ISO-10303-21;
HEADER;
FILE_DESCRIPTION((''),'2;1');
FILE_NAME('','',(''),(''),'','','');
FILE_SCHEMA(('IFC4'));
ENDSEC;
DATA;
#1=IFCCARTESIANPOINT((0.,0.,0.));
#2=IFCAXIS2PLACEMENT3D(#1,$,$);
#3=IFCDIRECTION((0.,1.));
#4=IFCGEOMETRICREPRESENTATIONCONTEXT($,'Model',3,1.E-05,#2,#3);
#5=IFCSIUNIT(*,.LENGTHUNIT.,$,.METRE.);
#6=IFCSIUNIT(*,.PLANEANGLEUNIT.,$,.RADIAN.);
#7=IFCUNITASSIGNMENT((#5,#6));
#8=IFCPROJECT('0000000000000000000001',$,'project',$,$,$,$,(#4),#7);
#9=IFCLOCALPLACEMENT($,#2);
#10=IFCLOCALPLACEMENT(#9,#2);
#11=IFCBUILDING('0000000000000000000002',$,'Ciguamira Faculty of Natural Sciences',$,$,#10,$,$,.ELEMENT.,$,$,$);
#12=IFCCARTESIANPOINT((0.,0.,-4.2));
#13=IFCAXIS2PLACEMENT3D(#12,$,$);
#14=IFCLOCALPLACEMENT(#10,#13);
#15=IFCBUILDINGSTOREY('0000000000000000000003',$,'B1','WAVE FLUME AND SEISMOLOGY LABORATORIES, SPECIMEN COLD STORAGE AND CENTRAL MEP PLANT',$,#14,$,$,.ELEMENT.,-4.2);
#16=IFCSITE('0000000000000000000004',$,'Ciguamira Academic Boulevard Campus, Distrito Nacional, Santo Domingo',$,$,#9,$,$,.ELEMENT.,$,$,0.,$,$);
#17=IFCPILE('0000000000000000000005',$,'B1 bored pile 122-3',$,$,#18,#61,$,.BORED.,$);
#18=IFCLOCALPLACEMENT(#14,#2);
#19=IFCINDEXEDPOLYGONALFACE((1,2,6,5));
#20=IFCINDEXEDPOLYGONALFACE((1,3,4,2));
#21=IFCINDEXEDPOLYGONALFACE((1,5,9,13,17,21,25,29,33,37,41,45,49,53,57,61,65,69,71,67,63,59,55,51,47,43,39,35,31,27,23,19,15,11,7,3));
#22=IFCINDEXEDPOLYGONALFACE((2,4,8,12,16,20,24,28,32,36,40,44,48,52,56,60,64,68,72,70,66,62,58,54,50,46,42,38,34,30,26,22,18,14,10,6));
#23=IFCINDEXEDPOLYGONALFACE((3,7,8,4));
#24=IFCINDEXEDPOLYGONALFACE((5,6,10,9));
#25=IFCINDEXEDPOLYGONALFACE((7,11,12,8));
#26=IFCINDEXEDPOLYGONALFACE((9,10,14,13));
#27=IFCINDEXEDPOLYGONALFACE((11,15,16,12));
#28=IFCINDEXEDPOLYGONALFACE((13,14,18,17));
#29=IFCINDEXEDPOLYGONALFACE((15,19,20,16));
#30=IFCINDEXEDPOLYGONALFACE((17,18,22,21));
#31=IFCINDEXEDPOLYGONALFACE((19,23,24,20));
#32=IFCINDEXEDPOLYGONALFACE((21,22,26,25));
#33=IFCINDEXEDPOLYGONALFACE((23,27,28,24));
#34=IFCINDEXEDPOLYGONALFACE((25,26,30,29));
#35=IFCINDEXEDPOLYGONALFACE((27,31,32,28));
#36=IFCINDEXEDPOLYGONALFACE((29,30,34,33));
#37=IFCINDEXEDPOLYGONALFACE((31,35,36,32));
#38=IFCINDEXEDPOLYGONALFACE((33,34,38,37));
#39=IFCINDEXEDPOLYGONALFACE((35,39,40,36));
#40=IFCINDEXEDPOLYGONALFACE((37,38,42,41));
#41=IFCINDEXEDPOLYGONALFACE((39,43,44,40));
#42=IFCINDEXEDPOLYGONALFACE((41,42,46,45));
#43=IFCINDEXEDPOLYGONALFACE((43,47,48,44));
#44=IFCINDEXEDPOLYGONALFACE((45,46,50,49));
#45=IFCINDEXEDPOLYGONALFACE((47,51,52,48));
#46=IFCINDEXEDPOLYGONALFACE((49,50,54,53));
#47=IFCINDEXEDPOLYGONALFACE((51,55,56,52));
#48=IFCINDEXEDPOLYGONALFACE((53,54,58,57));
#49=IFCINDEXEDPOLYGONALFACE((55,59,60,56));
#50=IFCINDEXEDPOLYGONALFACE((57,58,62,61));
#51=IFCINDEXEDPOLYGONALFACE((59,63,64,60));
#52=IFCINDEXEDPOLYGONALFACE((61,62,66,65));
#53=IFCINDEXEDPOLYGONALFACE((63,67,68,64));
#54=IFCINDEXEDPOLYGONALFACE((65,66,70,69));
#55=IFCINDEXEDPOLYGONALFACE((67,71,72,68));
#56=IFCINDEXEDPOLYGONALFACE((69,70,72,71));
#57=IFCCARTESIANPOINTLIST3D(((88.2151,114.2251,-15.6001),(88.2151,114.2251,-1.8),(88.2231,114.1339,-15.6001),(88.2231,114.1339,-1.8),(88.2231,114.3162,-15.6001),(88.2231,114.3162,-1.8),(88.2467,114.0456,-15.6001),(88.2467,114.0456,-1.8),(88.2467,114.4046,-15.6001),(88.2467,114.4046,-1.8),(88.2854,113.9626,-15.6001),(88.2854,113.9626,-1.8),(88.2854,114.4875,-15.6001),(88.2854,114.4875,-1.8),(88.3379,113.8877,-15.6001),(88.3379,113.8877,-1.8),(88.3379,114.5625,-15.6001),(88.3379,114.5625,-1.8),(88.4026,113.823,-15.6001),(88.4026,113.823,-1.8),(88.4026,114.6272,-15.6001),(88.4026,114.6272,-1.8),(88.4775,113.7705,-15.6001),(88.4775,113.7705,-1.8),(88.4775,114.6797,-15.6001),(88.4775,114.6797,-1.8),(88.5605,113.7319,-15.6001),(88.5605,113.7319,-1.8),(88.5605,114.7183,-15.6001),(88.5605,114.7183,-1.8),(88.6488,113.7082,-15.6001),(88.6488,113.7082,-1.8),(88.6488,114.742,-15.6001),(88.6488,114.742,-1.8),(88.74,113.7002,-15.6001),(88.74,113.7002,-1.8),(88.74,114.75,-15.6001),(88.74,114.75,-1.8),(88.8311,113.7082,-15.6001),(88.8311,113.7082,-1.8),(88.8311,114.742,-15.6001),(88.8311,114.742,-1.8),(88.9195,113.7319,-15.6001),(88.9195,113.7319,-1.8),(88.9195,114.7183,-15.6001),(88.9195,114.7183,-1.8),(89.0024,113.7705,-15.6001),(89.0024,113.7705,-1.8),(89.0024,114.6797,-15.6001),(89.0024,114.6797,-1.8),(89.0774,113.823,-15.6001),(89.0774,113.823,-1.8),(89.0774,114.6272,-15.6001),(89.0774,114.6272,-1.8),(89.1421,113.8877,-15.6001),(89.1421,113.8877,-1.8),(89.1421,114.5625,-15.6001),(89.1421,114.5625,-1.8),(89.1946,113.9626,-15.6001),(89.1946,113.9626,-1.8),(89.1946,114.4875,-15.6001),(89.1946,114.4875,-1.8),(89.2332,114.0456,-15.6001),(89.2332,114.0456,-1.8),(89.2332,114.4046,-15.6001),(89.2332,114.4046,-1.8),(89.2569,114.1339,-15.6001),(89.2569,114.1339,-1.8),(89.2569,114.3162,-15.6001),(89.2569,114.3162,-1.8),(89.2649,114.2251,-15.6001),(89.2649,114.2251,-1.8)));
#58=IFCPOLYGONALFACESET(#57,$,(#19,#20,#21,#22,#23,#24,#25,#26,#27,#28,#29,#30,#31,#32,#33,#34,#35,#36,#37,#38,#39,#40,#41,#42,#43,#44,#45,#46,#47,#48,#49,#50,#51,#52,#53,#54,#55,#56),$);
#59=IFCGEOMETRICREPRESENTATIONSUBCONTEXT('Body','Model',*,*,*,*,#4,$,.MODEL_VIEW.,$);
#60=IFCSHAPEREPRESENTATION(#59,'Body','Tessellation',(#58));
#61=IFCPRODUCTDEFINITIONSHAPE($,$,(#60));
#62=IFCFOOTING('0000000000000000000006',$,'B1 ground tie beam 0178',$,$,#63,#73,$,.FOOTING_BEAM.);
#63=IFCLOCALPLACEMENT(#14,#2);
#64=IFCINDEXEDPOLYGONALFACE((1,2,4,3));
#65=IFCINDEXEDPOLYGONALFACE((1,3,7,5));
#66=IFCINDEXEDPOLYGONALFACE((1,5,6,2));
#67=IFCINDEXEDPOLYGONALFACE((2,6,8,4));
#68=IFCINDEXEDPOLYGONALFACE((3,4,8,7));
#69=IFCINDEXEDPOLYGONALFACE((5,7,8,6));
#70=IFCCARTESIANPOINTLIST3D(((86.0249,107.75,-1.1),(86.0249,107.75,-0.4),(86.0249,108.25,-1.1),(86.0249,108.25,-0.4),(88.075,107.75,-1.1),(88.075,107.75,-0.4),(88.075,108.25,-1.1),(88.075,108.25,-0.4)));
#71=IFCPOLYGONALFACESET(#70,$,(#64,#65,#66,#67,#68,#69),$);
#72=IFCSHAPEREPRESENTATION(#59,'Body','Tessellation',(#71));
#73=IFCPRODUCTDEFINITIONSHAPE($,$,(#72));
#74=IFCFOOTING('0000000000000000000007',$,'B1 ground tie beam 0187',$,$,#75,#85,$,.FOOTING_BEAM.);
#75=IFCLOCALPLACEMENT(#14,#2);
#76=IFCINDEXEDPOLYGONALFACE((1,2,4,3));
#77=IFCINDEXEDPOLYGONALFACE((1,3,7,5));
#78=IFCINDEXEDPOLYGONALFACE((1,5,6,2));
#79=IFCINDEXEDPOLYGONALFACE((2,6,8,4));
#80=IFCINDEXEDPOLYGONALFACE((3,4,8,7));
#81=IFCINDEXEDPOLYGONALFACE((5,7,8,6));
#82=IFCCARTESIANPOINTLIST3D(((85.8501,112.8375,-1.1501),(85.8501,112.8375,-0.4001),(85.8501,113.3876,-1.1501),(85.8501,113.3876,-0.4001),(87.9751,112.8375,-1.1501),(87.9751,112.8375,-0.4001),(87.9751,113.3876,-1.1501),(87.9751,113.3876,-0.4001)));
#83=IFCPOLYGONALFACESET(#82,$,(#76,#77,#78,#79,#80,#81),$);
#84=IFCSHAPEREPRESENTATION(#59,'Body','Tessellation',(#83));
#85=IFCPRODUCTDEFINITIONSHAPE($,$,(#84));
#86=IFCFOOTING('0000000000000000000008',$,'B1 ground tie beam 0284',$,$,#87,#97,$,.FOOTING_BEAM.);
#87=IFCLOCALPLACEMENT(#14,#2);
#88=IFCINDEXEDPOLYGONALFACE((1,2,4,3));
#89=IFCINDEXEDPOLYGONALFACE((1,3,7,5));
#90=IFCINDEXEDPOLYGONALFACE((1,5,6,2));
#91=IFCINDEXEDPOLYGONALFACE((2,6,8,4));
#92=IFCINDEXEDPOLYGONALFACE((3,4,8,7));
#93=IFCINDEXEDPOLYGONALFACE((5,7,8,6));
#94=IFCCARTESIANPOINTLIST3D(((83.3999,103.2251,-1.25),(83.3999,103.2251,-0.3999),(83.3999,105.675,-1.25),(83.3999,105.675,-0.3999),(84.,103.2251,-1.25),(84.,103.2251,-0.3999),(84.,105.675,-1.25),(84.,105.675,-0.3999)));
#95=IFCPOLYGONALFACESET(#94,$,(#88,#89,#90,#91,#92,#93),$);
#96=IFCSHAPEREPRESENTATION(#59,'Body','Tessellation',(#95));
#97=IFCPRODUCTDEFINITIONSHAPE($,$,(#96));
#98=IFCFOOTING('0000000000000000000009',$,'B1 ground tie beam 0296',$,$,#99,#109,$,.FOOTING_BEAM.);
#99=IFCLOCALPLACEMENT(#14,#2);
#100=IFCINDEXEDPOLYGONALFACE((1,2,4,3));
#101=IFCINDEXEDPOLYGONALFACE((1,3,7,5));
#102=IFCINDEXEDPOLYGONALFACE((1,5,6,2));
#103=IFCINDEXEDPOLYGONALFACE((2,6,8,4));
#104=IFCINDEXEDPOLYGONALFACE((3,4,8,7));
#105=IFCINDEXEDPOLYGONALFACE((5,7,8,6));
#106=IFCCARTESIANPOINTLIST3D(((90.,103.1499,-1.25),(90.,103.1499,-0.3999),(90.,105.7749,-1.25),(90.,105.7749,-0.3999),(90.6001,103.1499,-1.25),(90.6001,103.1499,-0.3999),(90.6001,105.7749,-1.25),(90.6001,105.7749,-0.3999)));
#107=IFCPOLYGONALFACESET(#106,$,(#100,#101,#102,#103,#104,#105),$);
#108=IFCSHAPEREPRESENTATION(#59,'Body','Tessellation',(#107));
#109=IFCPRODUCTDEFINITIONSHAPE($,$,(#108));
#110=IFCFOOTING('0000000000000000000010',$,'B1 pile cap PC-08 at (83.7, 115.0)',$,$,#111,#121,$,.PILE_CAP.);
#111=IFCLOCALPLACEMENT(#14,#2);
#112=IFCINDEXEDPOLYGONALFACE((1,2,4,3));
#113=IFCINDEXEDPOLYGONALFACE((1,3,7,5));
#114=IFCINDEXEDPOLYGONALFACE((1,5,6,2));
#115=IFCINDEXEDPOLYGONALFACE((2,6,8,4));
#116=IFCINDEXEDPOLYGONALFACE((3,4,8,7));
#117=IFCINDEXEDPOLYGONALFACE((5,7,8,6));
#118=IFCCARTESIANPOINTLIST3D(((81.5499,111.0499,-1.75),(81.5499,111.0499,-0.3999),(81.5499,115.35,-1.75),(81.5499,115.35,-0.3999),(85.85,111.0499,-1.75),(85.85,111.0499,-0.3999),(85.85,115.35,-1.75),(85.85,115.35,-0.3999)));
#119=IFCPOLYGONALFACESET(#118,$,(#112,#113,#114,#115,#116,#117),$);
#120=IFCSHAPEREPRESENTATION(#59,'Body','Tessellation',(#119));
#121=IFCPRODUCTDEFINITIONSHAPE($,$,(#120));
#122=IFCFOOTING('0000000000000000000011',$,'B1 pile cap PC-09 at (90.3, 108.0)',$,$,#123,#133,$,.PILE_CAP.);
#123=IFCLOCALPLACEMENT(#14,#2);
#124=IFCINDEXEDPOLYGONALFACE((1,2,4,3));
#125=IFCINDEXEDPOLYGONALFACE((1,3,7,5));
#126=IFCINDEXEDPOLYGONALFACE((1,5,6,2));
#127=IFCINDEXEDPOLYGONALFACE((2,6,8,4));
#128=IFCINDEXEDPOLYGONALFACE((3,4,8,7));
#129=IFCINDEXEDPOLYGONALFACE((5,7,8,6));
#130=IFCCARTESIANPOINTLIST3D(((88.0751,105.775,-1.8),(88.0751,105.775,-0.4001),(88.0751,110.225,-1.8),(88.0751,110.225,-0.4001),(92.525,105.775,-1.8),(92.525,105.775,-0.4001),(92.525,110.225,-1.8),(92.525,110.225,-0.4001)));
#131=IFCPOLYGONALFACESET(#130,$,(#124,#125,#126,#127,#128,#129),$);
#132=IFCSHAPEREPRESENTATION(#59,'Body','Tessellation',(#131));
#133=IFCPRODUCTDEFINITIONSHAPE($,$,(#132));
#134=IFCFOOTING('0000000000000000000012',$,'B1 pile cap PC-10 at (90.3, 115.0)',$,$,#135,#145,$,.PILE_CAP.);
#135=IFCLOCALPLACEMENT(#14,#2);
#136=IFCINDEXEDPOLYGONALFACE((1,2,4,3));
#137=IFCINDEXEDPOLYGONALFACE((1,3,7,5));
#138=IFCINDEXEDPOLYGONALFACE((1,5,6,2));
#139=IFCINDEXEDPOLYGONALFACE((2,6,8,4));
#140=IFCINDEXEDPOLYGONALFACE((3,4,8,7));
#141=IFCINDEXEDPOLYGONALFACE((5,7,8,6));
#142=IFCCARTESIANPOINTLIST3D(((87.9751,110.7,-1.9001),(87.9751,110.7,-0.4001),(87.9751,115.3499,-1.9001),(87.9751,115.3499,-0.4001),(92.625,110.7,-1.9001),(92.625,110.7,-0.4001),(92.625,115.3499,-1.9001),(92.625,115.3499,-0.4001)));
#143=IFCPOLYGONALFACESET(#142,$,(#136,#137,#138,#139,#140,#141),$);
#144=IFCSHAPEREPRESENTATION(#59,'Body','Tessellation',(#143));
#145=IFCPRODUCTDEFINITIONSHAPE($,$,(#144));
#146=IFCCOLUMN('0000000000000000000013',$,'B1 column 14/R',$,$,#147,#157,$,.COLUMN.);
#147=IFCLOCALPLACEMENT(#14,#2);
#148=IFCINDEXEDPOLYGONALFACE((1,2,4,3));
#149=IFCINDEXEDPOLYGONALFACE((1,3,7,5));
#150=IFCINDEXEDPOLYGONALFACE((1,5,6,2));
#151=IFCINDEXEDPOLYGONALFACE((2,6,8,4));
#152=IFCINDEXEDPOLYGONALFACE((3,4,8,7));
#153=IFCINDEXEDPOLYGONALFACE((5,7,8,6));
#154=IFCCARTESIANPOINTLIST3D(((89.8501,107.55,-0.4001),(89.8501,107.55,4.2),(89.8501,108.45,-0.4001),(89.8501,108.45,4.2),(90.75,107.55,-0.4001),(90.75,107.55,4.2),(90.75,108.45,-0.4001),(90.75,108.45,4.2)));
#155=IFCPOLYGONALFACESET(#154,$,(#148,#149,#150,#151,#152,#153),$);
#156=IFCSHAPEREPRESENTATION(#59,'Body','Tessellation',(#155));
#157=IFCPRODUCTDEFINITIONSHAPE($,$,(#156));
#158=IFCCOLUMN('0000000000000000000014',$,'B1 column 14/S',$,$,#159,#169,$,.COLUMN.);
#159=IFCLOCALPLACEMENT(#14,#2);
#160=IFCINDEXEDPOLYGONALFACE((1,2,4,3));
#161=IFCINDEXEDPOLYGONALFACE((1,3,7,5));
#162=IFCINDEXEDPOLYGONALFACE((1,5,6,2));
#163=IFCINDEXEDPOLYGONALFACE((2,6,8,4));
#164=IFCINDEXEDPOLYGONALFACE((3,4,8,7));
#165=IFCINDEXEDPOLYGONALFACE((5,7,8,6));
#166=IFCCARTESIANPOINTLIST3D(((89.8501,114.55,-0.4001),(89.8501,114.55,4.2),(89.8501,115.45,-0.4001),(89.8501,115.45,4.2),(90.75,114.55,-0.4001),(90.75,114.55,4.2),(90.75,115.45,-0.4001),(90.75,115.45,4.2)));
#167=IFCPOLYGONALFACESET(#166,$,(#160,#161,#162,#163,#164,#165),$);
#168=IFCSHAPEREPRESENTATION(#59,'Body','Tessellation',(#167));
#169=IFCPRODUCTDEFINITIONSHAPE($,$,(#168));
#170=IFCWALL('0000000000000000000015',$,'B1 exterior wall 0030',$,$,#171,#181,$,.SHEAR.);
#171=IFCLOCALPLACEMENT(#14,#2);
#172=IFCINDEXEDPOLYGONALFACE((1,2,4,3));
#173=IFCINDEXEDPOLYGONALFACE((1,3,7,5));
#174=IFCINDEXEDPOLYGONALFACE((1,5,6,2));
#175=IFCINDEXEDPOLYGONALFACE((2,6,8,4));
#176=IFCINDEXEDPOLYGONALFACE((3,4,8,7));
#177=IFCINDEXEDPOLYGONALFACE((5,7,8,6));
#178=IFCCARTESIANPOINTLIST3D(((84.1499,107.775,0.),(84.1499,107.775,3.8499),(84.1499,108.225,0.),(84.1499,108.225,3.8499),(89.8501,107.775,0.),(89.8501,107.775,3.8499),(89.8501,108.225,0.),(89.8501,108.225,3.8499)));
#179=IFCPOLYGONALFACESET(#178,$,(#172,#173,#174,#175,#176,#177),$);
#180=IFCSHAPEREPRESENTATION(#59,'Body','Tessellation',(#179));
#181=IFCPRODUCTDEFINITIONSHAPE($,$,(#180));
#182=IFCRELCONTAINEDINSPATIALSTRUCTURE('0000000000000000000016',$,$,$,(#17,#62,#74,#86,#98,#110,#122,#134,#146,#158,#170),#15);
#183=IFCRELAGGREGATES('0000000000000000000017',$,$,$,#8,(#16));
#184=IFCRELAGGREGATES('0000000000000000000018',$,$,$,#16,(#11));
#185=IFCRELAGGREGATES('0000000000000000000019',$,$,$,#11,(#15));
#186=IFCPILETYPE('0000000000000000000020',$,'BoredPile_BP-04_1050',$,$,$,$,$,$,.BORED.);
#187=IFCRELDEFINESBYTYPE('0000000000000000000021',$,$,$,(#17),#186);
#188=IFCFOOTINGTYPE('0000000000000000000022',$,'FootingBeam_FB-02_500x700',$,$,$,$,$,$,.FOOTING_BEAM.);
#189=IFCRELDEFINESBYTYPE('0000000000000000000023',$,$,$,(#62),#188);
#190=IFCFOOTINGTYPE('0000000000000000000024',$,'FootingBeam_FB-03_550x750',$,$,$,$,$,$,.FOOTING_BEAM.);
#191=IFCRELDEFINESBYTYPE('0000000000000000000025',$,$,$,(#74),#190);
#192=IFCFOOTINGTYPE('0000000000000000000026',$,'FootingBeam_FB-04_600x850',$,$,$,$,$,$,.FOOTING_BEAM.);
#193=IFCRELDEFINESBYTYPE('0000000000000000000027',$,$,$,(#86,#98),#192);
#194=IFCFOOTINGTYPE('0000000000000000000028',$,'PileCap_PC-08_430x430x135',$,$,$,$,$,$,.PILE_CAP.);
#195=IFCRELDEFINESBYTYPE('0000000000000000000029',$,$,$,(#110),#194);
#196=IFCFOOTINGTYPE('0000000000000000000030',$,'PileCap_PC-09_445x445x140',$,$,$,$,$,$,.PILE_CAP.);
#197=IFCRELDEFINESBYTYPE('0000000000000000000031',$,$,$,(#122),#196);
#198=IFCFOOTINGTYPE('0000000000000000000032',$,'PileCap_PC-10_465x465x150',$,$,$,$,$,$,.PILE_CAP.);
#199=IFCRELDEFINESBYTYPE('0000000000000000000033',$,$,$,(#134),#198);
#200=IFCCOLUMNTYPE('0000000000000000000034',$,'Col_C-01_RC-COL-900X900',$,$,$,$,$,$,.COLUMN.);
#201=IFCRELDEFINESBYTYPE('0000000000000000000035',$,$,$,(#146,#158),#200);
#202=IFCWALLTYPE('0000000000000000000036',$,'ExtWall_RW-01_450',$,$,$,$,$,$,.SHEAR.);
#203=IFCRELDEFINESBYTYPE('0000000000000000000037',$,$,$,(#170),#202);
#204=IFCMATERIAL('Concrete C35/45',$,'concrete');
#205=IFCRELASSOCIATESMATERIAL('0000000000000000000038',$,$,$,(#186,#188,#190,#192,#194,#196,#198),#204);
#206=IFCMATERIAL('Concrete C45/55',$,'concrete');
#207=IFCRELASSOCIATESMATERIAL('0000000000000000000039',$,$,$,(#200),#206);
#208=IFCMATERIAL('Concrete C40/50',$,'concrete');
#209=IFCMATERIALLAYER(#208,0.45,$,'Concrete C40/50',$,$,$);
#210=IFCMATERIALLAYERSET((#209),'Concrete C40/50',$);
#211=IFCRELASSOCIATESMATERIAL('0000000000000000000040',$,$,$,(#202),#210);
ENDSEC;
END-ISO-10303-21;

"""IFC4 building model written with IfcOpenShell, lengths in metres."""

from ifc_helpers import new_model, si_unit, direction, frame, frame_2d, origin, origin_2d, place, context, subcontext, project, spatial, rectangle, circle, extrude, material, layer, layer_set, material_profile, profile_set, type_object, element, save


model = new_model("IFC4")

# Units and contexts
model_context = context("Model", 3, precision=1e-05, world=origin(), true_north=direction((0.0, 1.0)))
body_context = subcontext(model_context, "Body", "Model", "MODEL_VIEW")
ifc_project = project(units=[si_unit("LENGTHUNIT", "METRE"), si_unit("PLANEANGLEUNIT", "RADIAN")], contexts=[model_context])

# Site, building, storey
site_placement = place(None, origin())
site = spatial("IfcSite", under=ifc_project, at=site_placement, Name="Ciguamira Academic Boulevard Campus, Distrito Nacional, Santo Domingo", CompositionType="ELEMENT", RefElevation=0.0)
building_placement = place(site_placement, origin())
building = spatial("IfcBuilding", under=site, at=building_placement, Name="Ciguamira Faculty of Natural Sciences", CompositionType="ELEMENT")
storey_placement = place(building_placement, frame((0.0, 0.0, -4.2)))
storey = spatial("IfcBuildingStorey", under=building, at=storey_placement, Name="B1", Description="WAVE FLUME AND SEISMOLOGY LABORATORIES, SPECIMEN COLD STORAGE AND CENTRAL MEP PLANT", CompositionType="ELEMENT", Elevation=-4.2)

# Pile
ifc_material_1 = material(Name="Concrete C35/45", Category="concrete")
ifc_material_profile_1 = material_profile(ifc_material_1, circle(Radius=0.5249, at=origin_2d()), Name="PILE-BORED-1050")
ifc_profile_set_1 = profile_set([ifc_material_profile_1], Name="Concrete C35/45")
pile_type_1 = type_object("IfcPileType", Name="BoredPile_BP-04_1050", PredefinedType="BORED", material=ifc_profile_set_1)
for number, where, z_axis, x_axis, name in (
    (1, (88.74, 114.2251, -1.8), (0.0, 0.0, -1.0), (1.0, 0.0, 0.0), "B1 bored pile 122-3"),
):
    element("IfcPile", number, at=place(storey_placement, frame(where, z_axis=z_axis, x_axis=x_axis)), inside=storey, type_object=pile_type_1, Name=name, PredefinedType="BORED", context=body_context, shape_type="SweptSolid", body=[
        extrude(circle(Radius=0.5249, at=origin_2d()), origin(), (0.0, 0.0, 1.0), 13.8),
    ])

# Footings
ifc_material_profile_2 = material_profile(ifc_material_1, rectangle(XDim=0.5, YDim=0.7, at=origin_2d()), Name="RC-FB-500X700")
ifc_profile_set_2 = profile_set([ifc_material_profile_2], Name="Concrete C35/45")
footing_type_1 = type_object("IfcFootingType", Name="FootingBeam_FB-02_500x700", PredefinedType="FOOTING_BEAM", material=ifc_profile_set_2)
footing_1_placement = place(storey_placement, frame((86.0249, 108.0, -0.75), z_axis=(1.0, 0.0, 0.0), x_axis=(0.0, 1.0, 0.0)))
element("IfcFooting", 2, at=footing_1_placement, inside=storey, type_object=footing_type_1, Name="B1 ground tie beam 0178", PredefinedType="FOOTING_BEAM", context=body_context, shape_type="SweptSolid", body=[
    extrude(rectangle(XDim=0.5, YDim=0.7, at=origin_2d()), origin(), (0.0, 0.0, 1.0), 2.05),
])
ifc_material_profile_3 = material_profile(ifc_material_1, rectangle(XDim=0.55, YDim=0.75, at=origin_2d()), Name="RC-FB-550X750")
ifc_profile_set_3 = profile_set([ifc_material_profile_3], Name="Concrete C35/45")
footing_type_2 = type_object("IfcFootingType", Name="FootingBeam_FB-03_550x750", PredefinedType="FOOTING_BEAM", material=ifc_profile_set_3)
footing_2_placement = place(storey_placement, frame((85.8501, 113.1125, -0.7751), z_axis=(1.0, 0.0, 0.0), x_axis=(0.0, 1.0, 0.0)))
element("IfcFooting", 3, at=footing_2_placement, inside=storey, type_object=footing_type_2, Name="B1 ground tie beam 0187", PredefinedType="FOOTING_BEAM", context=body_context, shape_type="SweptSolid", body=[
    extrude(rectangle(XDim=0.55, YDim=0.75, at=origin_2d()), origin(), (0.0, 0.0, 1.0), 2.125),
])
ifc_material_profile_4 = material_profile(ifc_material_1, rectangle(XDim=0.6001, YDim=0.8501, at=origin_2d()), Name="RC-FB-600X850")
ifc_profile_set_4 = profile_set([ifc_material_profile_4], Name="Concrete C35/45")
footing_type_3 = type_object("IfcFootingType", Name="FootingBeam_FB-04_600x850", PredefinedType="FOOTING_BEAM", material=ifc_profile_set_4)
footing_3_placement = place(storey_placement, frame((83.7, 103.2251, -0.825), z_axis=(0.0, 1.0, 0.0), x_axis=(-1.0, 0.0, 0.0)))
element("IfcFooting", 4, at=footing_3_placement, inside=storey, type_object=footing_type_3, Name="B1 ground tie beam 0284", PredefinedType="FOOTING_BEAM", context=body_context, shape_type="SweptSolid", body=[
    extrude(rectangle(XDim=0.6001, YDim=0.8501, at=origin_2d()), origin(), (0.0, 0.0, 1.0), 2.45),
])
footing_4_placement = place(storey_placement, frame((90.3, 103.1499, -0.825), z_axis=(0.0, 1.0, 0.0), x_axis=(-1.0, 0.0, 0.0)))
element("IfcFooting", 5, at=footing_4_placement, inside=storey, type_object=footing_type_3, Name="B1 ground tie beam 0296", PredefinedType="FOOTING_BEAM", context=body_context, shape_type="SweptSolid", body=[
    extrude(rectangle(XDim=0.6001, YDim=0.8501, at=origin_2d()), origin(), (0.0, 0.0, 1.0), 2.625),
])
footing_type_4 = type_object("IfcFootingType", Name="PileCap_PC-08_430x430x135", PredefinedType="PILE_CAP", material=ifc_material_1)
footing_5_placement = place(storey_placement, frame((83.7, 113.2, -1.75), z_axis=(0.0, 0.0, 1.0), x_axis=(1.0, 0.0, 0.0)))
element("IfcFooting", 6, at=footing_5_placement, inside=storey, type_object=footing_type_4, Name="B1 pile cap PC-08 at (83.7, 115.0)", PredefinedType="PILE_CAP", context=body_context, shape_type="SweptSolid", body=[
    extrude(rectangle(XDim=4.3, YDim=4.3, at=origin_2d()), origin(), (0.0, 0.0, 1.0), 1.3501),
])
footing_type_5 = type_object("IfcFootingType", Name="PileCap_PC-09_445x445x140", PredefinedType="PILE_CAP", material=ifc_material_1)
footing_6_placement = place(storey_placement, frame((90.3, 108.0, -1.8), z_axis=(0.0, 0.0, 1.0), x_axis=(1.0, 0.0, 0.0)))
element("IfcFooting", 7, at=footing_6_placement, inside=storey, type_object=footing_type_5, Name="B1 pile cap PC-09 at (90.3, 108.0)", PredefinedType="PILE_CAP", context=body_context, shape_type="SweptSolid", body=[
    extrude(rectangle(XDim=4.45, YDim=4.45, at=origin_2d()), origin(), (0.0, 0.0, 1.0), 1.3999),
])
footing_type_6 = type_object("IfcFootingType", Name="PileCap_PC-10_465x465x150", PredefinedType="PILE_CAP", material=ifc_material_1)
footing_7_placement = place(storey_placement, frame((90.3, 113.0249, -1.9001), z_axis=(0.0, 0.0, 1.0), x_axis=(1.0, 0.0, 0.0)))
element("IfcFooting", 8, at=footing_7_placement, inside=storey, type_object=footing_type_6, Name="B1 pile cap PC-10 at (90.3, 115.0)", PredefinedType="PILE_CAP", context=body_context, shape_type="SweptSolid", body=[
    extrude(rectangle(XDim=4.6499, YDim=4.6499, at=origin_2d()), origin(), (0.0, 0.0, 1.0), 1.5),
])

# Columns
ifc_material_2 = material(Name="Concrete C45/55", Category="concrete")
ifc_material_profile_5 = material_profile(ifc_material_2, rectangle(XDim=0.8999, YDim=0.8999, at=origin_2d()), Name="RC-COL-900X900")
ifc_profile_set_5 = profile_set([ifc_material_profile_5], Name="Concrete C45/55")
column_type = type_object("IfcColumnType", Name="Col_C-01_RC-COL-900X900", PredefinedType="COLUMN", material=ifc_profile_set_5)
for number, where, z_axis, x_axis, name in (
    (9, (90.3, 108.0, -0.4001), (0.0, 0.0, 1.0), (1.0, 0.0, 0.0), "B1 column 14/R"),
    (10, (90.3, 115.0, -0.4001), (0.0, 0.0, 1.0), (1.0, 0.0, 0.0), "B1 column 14/S"),
):
    element("IfcColumn", number, at=place(storey_placement, frame(where, z_axis=z_axis, x_axis=x_axis)), inside=storey, type_object=column_type, Name=name, PredefinedType="COLUMN", context=body_context, shape_type="SweptSolid", body=[
        extrude(rectangle(XDim=0.8999, YDim=0.8999, at=origin_2d()), origin(), (0.0, 0.0, 1.0), 4.6001),
    ])

# Wall
ifc_material_3 = material(Name="Concrete C40/50", Category="concrete")
ifc_layer_1 = layer(ifc_material_3, 0.45, Name="Concrete C40/50")
ifc_layer_set_1 = layer_set([ifc_layer_1], Name="Concrete C40/50")
wall_type_1 = type_object("IfcWallType", Name="ExtWall_RW-01_450", PredefinedType="SHEAR", material=ifc_layer_set_1)
wall_1_placement = place(storey_placement, frame((84.1499, 108.0, 0.0), z_axis=(0.0, 0.0, 1.0), x_axis=(1.0, 0.0, 0.0)))
element("IfcWall", 11, at=wall_1_placement, inside=storey, type_object=wall_type_1, Name="B1 exterior wall 0030", PredefinedType="SHEAR", context=body_context, shape_type="SweptSolid", body=[
    extrude(rectangle(XDim=5.7002, YDim=0.45, at=frame_2d((2.8501, 0.0))), origin(), (0.0, 0.0, 1.0), 3.8499),
])

save(model, "model.ifc")
